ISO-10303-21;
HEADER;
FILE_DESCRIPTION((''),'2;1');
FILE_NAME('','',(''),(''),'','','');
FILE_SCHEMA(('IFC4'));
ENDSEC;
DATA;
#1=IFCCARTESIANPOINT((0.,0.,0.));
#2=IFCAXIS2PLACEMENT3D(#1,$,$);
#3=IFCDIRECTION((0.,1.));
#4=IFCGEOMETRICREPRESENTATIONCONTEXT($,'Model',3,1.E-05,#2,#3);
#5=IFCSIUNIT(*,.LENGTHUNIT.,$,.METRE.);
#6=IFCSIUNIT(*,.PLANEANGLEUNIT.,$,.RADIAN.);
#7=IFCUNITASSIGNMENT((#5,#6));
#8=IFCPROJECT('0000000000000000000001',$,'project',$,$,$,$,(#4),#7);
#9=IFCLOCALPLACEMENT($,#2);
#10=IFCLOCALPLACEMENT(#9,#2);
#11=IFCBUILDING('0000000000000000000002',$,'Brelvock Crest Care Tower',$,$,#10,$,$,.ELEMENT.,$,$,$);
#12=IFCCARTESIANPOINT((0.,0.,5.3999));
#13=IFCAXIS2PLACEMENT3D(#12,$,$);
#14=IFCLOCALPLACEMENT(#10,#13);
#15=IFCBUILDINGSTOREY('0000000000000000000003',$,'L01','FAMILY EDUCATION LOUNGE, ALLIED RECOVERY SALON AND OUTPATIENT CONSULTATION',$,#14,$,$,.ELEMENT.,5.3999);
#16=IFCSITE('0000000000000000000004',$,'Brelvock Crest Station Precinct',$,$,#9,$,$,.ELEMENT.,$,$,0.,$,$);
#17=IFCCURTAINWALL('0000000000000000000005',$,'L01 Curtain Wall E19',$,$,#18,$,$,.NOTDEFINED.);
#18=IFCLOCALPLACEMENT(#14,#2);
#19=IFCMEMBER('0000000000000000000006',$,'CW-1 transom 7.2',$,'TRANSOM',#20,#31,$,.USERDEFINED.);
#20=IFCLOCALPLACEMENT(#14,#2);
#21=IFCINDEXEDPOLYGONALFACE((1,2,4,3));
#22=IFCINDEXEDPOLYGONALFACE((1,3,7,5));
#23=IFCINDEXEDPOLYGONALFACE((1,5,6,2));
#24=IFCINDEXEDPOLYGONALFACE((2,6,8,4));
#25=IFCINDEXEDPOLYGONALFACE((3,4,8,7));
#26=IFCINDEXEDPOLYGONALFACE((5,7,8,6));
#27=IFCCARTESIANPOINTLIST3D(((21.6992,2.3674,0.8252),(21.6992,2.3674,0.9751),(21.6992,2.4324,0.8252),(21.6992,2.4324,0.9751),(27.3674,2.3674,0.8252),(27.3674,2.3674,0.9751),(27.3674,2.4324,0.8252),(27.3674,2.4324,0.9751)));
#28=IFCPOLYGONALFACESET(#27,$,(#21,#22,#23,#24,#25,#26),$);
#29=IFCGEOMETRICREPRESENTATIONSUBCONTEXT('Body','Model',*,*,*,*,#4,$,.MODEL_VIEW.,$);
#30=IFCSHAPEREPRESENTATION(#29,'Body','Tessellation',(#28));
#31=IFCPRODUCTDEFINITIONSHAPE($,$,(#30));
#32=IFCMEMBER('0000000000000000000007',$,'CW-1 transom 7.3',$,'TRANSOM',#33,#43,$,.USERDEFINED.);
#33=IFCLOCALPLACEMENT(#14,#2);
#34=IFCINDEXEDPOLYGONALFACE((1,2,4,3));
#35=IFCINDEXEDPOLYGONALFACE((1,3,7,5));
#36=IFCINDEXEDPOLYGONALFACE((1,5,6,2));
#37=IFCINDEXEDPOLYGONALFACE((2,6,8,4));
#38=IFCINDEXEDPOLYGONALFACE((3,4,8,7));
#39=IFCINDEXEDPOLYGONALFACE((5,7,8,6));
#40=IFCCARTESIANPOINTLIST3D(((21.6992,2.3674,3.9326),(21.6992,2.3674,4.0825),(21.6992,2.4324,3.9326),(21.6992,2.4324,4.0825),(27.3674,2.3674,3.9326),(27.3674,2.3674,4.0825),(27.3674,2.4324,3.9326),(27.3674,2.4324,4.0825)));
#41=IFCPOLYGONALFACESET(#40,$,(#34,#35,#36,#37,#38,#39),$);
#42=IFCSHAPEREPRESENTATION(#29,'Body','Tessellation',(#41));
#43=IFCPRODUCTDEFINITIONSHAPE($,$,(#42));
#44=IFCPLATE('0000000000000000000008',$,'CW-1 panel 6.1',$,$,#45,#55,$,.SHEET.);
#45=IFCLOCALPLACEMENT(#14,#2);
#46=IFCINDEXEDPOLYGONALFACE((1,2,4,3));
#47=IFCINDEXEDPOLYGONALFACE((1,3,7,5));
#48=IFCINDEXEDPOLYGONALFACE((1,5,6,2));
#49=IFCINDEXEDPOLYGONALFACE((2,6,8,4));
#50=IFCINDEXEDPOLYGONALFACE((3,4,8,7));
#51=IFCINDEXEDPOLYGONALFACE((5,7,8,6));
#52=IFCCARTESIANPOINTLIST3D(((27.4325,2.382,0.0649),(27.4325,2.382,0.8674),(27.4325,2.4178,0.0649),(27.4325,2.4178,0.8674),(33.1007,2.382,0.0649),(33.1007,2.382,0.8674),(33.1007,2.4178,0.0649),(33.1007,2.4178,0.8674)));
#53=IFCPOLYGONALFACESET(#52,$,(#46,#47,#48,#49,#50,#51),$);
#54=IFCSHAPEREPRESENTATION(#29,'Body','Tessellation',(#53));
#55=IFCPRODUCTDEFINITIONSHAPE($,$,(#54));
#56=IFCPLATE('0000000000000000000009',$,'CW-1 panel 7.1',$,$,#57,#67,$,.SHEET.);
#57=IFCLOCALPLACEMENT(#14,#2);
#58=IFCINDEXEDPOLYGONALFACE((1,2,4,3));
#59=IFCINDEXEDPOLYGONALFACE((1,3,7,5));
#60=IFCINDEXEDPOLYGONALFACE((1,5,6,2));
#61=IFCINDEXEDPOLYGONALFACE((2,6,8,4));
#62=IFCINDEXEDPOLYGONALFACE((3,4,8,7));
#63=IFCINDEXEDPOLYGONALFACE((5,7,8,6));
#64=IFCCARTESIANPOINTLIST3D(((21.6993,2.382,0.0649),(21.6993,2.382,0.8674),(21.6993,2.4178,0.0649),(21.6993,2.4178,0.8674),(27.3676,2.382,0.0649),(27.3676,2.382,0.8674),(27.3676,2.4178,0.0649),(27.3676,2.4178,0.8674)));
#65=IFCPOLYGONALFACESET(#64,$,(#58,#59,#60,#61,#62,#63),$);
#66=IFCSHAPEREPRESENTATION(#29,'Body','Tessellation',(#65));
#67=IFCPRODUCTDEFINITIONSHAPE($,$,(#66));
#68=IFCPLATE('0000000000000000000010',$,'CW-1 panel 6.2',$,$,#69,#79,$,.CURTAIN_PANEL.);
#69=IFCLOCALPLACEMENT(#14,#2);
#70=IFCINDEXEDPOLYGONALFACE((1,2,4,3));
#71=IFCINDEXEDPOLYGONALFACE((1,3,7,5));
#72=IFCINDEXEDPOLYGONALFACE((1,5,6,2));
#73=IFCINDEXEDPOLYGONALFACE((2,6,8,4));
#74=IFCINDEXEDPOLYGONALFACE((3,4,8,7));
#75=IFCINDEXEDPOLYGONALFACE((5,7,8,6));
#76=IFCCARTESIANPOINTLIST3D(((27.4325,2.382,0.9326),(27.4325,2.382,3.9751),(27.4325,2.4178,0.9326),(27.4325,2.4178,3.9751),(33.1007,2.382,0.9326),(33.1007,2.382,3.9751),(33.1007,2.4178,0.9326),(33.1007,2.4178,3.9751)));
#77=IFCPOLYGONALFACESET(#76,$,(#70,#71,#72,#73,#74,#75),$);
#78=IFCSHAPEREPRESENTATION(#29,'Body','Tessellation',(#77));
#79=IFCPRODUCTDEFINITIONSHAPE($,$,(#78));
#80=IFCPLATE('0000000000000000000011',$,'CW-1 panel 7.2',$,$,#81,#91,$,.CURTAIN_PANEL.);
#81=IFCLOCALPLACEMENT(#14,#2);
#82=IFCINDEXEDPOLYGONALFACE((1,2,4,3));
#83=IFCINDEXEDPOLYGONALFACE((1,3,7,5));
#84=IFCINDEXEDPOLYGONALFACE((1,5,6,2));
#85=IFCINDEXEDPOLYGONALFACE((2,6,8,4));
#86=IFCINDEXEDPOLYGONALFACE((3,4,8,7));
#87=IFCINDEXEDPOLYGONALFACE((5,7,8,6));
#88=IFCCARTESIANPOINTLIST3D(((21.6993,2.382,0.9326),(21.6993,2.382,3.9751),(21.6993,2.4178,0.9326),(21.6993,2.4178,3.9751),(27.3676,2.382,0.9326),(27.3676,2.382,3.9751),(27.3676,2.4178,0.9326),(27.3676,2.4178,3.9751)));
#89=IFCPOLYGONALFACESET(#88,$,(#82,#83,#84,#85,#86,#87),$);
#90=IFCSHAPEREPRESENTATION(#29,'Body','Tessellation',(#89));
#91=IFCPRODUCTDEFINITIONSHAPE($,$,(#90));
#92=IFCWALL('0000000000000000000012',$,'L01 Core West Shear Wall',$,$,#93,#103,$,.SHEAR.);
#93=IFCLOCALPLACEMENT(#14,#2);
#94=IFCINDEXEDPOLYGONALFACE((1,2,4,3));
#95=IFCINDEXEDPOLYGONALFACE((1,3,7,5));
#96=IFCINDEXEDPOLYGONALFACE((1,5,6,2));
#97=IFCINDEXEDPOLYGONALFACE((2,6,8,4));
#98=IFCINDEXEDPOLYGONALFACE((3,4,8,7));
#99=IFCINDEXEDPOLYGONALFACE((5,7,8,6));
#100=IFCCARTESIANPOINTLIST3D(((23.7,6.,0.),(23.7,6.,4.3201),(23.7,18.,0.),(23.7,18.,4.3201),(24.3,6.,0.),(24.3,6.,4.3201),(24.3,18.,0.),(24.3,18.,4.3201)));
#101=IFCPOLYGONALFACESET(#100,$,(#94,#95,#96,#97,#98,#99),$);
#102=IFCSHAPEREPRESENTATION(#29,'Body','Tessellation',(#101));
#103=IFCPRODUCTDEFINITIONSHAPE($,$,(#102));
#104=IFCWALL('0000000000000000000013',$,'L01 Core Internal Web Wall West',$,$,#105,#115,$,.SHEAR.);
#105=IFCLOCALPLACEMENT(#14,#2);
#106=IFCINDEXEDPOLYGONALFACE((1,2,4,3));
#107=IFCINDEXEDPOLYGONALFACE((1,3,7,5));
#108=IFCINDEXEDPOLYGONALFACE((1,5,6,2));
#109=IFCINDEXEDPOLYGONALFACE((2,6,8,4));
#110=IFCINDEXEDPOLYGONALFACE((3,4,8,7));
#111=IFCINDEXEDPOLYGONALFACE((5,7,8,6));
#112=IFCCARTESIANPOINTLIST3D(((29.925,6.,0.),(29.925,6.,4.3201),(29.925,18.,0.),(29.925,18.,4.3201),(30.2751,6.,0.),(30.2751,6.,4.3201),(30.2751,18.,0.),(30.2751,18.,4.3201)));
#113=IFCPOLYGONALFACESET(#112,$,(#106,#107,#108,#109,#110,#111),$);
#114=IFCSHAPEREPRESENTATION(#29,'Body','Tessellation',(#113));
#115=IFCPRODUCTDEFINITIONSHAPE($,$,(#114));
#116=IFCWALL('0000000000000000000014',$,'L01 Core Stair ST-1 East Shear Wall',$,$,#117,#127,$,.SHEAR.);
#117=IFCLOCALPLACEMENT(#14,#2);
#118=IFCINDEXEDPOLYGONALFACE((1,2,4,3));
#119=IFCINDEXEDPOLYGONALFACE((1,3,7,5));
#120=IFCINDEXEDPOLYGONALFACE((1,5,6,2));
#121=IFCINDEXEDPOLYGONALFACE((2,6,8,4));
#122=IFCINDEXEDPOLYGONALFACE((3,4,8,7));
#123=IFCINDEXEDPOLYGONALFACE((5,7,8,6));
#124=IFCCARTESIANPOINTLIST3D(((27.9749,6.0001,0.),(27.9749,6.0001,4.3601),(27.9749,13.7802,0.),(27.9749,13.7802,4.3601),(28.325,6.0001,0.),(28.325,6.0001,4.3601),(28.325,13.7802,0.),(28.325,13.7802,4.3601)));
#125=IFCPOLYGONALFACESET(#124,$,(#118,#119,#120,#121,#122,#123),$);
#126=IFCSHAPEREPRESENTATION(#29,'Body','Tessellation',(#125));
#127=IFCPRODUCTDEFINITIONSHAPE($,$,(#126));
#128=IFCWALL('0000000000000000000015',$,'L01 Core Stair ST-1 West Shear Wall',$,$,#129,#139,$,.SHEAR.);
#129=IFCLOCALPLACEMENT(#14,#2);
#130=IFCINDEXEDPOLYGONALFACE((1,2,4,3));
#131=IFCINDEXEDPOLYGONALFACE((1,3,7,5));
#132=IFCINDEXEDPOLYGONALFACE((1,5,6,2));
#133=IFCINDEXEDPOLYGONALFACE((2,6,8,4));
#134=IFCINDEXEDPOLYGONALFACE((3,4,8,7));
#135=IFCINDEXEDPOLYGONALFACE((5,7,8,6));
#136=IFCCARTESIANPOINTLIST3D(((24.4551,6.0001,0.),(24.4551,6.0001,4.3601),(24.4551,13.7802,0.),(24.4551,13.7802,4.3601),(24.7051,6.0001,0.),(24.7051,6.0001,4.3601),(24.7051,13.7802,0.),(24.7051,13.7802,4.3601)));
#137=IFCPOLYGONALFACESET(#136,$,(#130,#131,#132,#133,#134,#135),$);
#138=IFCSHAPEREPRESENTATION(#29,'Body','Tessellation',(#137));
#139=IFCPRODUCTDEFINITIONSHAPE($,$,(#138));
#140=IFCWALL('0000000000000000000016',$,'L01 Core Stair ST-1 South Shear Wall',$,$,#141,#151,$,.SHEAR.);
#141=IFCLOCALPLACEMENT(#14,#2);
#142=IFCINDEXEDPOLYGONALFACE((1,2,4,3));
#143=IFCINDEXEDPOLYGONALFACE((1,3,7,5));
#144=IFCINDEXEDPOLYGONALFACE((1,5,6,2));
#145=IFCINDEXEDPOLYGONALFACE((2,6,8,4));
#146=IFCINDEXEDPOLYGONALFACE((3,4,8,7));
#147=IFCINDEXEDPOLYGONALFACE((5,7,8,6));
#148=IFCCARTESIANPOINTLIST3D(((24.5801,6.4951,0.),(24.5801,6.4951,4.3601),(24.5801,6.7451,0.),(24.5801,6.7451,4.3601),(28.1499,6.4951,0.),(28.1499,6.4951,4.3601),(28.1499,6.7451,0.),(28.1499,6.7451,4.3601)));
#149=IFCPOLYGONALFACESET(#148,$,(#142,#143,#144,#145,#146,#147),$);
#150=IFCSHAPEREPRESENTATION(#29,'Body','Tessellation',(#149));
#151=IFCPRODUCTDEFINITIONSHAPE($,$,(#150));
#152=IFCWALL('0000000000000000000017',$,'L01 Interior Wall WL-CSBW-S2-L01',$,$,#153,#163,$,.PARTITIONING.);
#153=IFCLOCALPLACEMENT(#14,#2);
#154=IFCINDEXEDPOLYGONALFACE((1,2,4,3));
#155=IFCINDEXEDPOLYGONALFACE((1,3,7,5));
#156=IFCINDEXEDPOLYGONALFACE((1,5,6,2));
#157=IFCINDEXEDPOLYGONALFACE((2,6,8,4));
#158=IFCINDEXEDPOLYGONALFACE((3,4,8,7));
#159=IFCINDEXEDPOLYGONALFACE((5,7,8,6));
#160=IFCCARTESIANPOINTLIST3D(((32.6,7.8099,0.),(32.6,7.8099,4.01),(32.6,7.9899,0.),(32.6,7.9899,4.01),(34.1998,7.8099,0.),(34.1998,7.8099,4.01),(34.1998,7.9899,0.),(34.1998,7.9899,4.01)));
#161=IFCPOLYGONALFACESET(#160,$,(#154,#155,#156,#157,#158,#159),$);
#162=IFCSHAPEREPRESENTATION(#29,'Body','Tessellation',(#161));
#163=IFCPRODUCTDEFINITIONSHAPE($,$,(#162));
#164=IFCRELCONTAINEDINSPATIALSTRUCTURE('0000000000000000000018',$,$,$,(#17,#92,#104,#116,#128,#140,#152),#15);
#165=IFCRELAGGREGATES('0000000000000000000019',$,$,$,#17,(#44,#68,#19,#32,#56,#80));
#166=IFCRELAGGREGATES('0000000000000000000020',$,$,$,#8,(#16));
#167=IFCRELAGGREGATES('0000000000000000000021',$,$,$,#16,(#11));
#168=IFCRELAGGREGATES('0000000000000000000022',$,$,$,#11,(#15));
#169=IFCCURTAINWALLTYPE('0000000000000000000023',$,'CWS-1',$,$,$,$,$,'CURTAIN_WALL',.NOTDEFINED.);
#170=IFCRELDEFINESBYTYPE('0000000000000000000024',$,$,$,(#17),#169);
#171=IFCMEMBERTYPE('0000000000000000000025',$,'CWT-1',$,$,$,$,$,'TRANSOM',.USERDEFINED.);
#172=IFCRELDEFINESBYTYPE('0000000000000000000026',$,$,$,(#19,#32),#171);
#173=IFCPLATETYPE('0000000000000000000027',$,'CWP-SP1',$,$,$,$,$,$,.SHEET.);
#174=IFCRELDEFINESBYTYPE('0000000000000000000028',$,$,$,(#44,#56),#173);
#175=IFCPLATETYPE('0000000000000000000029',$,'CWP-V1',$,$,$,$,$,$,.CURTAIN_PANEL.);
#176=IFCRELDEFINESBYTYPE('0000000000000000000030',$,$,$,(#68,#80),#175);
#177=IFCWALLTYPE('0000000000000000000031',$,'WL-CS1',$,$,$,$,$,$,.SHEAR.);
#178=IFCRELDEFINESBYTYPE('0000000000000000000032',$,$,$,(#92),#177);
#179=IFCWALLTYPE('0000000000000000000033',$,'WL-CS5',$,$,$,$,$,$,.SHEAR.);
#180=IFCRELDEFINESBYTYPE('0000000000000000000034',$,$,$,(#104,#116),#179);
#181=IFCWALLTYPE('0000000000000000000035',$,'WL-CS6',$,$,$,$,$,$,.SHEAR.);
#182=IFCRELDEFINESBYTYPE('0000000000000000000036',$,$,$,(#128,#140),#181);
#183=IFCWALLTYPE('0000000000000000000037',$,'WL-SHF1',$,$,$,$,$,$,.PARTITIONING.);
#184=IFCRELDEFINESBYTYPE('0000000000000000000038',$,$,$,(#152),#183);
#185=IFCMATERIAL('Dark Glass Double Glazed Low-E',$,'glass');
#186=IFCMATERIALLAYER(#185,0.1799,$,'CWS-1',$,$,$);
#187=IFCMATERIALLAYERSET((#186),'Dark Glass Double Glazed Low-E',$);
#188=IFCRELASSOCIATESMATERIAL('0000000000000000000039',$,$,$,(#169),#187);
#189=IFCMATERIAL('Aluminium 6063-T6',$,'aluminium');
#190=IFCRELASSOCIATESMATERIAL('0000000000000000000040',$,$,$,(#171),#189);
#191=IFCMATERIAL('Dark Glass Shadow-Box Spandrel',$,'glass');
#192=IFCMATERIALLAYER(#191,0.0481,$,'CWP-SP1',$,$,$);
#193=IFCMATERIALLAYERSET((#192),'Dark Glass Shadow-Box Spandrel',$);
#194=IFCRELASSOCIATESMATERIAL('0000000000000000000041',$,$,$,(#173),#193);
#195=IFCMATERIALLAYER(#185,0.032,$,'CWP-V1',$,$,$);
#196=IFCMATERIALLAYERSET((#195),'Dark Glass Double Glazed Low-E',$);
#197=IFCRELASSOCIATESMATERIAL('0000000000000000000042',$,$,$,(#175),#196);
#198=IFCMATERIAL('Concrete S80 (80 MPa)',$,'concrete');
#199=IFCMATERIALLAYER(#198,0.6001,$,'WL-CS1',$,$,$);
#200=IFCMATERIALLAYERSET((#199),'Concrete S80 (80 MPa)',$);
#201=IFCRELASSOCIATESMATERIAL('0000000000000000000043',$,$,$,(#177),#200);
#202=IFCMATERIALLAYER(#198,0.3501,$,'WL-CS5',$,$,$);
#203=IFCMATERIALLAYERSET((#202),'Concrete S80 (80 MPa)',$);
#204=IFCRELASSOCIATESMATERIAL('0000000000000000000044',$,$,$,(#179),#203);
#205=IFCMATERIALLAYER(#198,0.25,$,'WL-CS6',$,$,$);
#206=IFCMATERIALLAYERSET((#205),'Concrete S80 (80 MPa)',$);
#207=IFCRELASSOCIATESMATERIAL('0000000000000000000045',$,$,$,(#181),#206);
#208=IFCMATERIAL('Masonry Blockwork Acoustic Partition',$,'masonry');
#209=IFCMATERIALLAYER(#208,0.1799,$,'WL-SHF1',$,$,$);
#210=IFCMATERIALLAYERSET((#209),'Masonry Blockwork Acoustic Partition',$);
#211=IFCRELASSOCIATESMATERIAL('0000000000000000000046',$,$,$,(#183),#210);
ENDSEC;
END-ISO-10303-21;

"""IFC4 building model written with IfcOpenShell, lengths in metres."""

from ifc_helpers import new_model, si_unit, direction, frame, frame_2d, origin, origin_2d, place, context, subcontext, project, spatial, rectangle, extrude, source, transform, mapped, material, layer, layer_set, material_profile, profile_set, type_object, element, aggregate, save


model = new_model("IFC4")

# Units and contexts
model_context = context("Model", 3, precision=1e-05, world=origin(), true_north=direction((0.0, 1.0)))
body_context = subcontext(model_context, "Body", "Model", "MODEL_VIEW")
ifc_project = project(units=[si_unit("LENGTHUNIT", "METRE"), si_unit("PLANEANGLEUNIT", "RADIAN")], contexts=[model_context])

# Site, building, storey
site_placement = place(None, origin())
site = spatial("IfcSite", under=ifc_project, at=site_placement, Name="Brelvock Crest Station Precinct", CompositionType="ELEMENT", RefElevation=0.0)
building_placement = place(site_placement, origin())
building = spatial("IfcBuilding", under=site, at=building_placement, Name="Brelvock Crest Care Tower", CompositionType="ELEMENT")
storey_placement = place(building_placement, frame((0.0, 0.0, 5.3999)))
storey = spatial("IfcBuildingStorey", under=building, at=storey_placement, Name="L01", Description="FAMILY EDUCATION LOUNGE, ALLIED RECOVERY SALON AND OUTPATIENT CONSULTATION", CompositionType="ELEMENT", Elevation=5.3999)

# Shared definitions
ifc_material_1 = material(Name="Concrete S80 (80 MPa)", Category="concrete")

# Curtain wall, members, plates
ifc_material_2 = material(Name="Dark Glass Double Glazed Low-E", Category="glass")
ifc_layer_1 = layer(ifc_material_2, 0.1799, Name="CWS-1")
ifc_layer_set_1 = layer_set([ifc_layer_1], Name="Dark Glass Double Glazed Low-E")
curtain_wall_type = type_object("IfcCurtainWallType", Name="CWS-1", ElementType="CURTAIN_WALL", PredefinedType="NOTDEFINED", material=ifc_layer_set_1)
curtain_wall_placement = place(storey_placement, origin())
curtain_wall = element("IfcCurtainWall", 1, at=curtain_wall_placement, inside=storey, type_object=curtain_wall_type, Name="L01 Curtain Wall E19", PredefinedType="NOTDEFINED")
ifc_material_3 = material(Name="Aluminium 6063-T6", Category="aluminium")
ifc_material_profile_1 = material_profile(ifc_material_3, rectangle(XDim=0.0649, YDim=0.1499, at=origin_2d()), Name="ALU65x150")
ifc_profile_set_1 = profile_set([ifc_material_profile_1], Name="Aluminium 6063-T6")
member_type_1 = type_object("IfcMemberType", Name="CWT-1", ElementType="TRANSOM", PredefinedType="USERDEFINED", material=ifc_profile_set_1)
shared_shape_1 = source(origin(), body_context, "Body", "SweptSolid", [
    extrude(rectangle(XDim=0.0649, YDim=0.1499, at=origin_2d()), origin(), (0.0, 0.0, 1.0), 5.6682),
])
member_1_placement = place(storey_placement, frame((27.3674, 2.3999, 0.9001), z_axis=(-1.0, 0.0, 0.0), x_axis=(0.0, -1.0, 0.0)))
member_1 = element("IfcMember", 2, at=member_1_placement, type_object=member_type_1, Name="CW-1 transom 7.2", ObjectType="TRANSOM", PredefinedType="USERDEFINED", context=body_context, shape_type="MappedRepresentation", body=[
    mapped(shared_shape_1, transform((0.0, 0.0, 0.0), x_axis=(1.0, 0.0, 0.0), y_axis=(0.0, 1.0, 0.0), z_axis=(0.0, 0.0, 1.0), scale=1.0)),
])
member_2_placement = place(storey_placement, frame((27.3674, 2.3999, 4.0076), z_axis=(-1.0, 0.0, 0.0), x_axis=(0.0, -1.0, 0.0)))
member_2 = element("IfcMember", 3, at=member_2_placement, type_object=member_type_1, Name="CW-1 transom 7.3", ObjectType="TRANSOM", PredefinedType="USERDEFINED", context=body_context, shape_type="MappedRepresentation", body=[
    mapped(shared_shape_1, transform((0.0, 0.0, 0.0), x_axis=(1.0, 0.0, 0.0), y_axis=(0.0, 1.0, 0.0), z_axis=(0.0, 0.0, 1.0), scale=1.0)),
])
ifc_material_4 = material(Name="Dark Glass Shadow-Box Spandrel", Category="glass")
ifc_layer_2 = layer(ifc_material_4, 0.0481, Name="CWP-SP1")
ifc_layer_set_2 = layer_set([ifc_layer_2], Name="Dark Glass Shadow-Box Spandrel")
plate_type_1 = type_object("IfcPlateType", Name="CWP-SP1", PredefinedType="SHEET", material=ifc_layer_set_2)
shared_shape_2 = source(origin(), body_context, "Body", "SweptSolid", [
    extrude(rectangle(XDim=5.6682, YDim=0.0359, at=origin_2d()), origin(), (0.0, 0.0, 1.0), 0.8025),
])
plate_1_placement = place(storey_placement, frame((30.2666, 2.3999, 0.0649), z_axis=(0.0, 0.0, 1.0), x_axis=(-1.0, 0.0, 0.0)))
plate_1 = element("IfcPlate", 4, at=plate_1_placement, type_object=plate_type_1, Name="CW-1 panel 6.1", PredefinedType="SHEET", context=body_context, shape_type="MappedRepresentation", body=[
    mapped(shared_shape_2, transform((0.0, 0.0, 0.0), x_axis=(1.0, 0.0, 0.0), y_axis=(0.0, 1.0, 0.0), z_axis=(0.0, 0.0, 1.0), scale=1.0)),
])
plate_2_placement = place(storey_placement, frame((24.5334, 2.3999, 0.0649), z_axis=(0.0, 0.0, 1.0), x_axis=(-1.0, 0.0, 0.0)))
plate_2 = element("IfcPlate", 5, at=plate_2_placement, type_object=plate_type_1, Name="CW-1 panel 7.1", PredefinedType="SHEET", context=body_context, shape_type="MappedRepresentation", body=[
    mapped(shared_shape_2, transform((0.0, 0.0, 0.0), x_axis=(1.0, 0.0, 0.0), y_axis=(0.0, 1.0, 0.0), z_axis=(0.0, 0.0, 1.0), scale=1.0)),
])
ifc_layer_3 = layer(ifc_material_2, 0.032, Name="CWP-V1")
ifc_layer_set_3 = layer_set([ifc_layer_3], Name="Dark Glass Double Glazed Low-E")
plate_type_2 = type_object("IfcPlateType", Name="CWP-V1", PredefinedType="CURTAIN_PANEL", material=ifc_layer_set_3)
shared_shape_3 = source(origin(), body_context, "Body", "SweptSolid", [
    extrude(rectangle(XDim=5.6682, YDim=0.0359, at=origin_2d()), origin(), (0.0, 0.0, 1.0), 3.0425),
])
plate_3_placement = place(storey_placement, frame((30.2666, 2.3999, 0.9326), z_axis=(0.0, 0.0, 1.0), x_axis=(-1.0, 0.0, 0.0)))
plate_3 = element("IfcPlate", 6, at=plate_3_placement, type_object=plate_type_2, Name="CW-1 panel 6.2", PredefinedType="CURTAIN_PANEL", context=body_context, shape_type="MappedRepresentation", body=[
    mapped(shared_shape_3, transform((0.0, 0.0, 0.0), x_axis=(1.0, 0.0, 0.0), y_axis=(0.0, 1.0, 0.0), z_axis=(0.0, 0.0, 1.0), scale=1.0)),
])
plate_4_placement = place(storey_placement, frame((24.5334, 2.3999, 0.9326), z_axis=(0.0, 0.0, 1.0), x_axis=(-1.0, 0.0, 0.0)))
plate_4 = element("IfcPlate", 7, at=plate_4_placement, type_object=plate_type_2, Name="CW-1 panel 7.2", PredefinedType="CURTAIN_PANEL", context=body_context, shape_type="MappedRepresentation", body=[
    mapped(shared_shape_3, transform((0.0, 0.0, 0.0), x_axis=(1.0, 0.0, 0.0), y_axis=(0.0, 1.0, 0.0), z_axis=(0.0, 0.0, 1.0), scale=1.0)),
])
aggregate(curtain_wall, [plate_1, plate_3, member_1, member_2, plate_2, plate_4])

# Walls
ifc_layer_4 = layer(ifc_material_1, 0.6001, Name="WL-CS1")
ifc_layer_set_4 = layer_set([ifc_layer_4], Name="Concrete S80 (80 MPa)")
wall_type_1 = type_object("IfcWallType", Name="WL-CS1", PredefinedType="SHEAR", material=ifc_layer_set_4)
wall_1_placement = place(storey_placement, frame((24.0, 6.0, 0.0), z_axis=(0.0, 0.0, 1.0), x_axis=(0.0, 1.0, 0.0)))
element("IfcWall", 8, at=wall_1_placement, inside=storey, type_object=wall_type_1, Name="L01 Core West Shear Wall", PredefinedType="SHEAR", context=body_context, shape_type="SweptSolid", body=[
    extrude(rectangle(XDim=12.0, YDim=0.6001, at=frame_2d((6.0, 0.0))), origin(), (0.0, 0.0, 1.0), 4.3201),
])
ifc_layer_5 = layer(ifc_material_1, 0.3501, Name="WL-CS5")
ifc_layer_set_5 = layer_set([ifc_layer_5], Name="Concrete S80 (80 MPa)")
wall_type_2 = type_object("IfcWallType", Name="WL-CS5", PredefinedType="SHEAR", material=ifc_layer_set_5)
wall_2_placement = place(storey_placement, frame((30.1001, 6.0, 0.0), z_axis=(0.0, 0.0, 1.0), x_axis=(0.0, 1.0, 0.0)))
element("IfcWall", 9, at=wall_2_placement, inside=storey, type_object=wall_type_2, Name="L01 Core Internal Web Wall West", PredefinedType="SHEAR", context=body_context, shape_type="SweptSolid", body=[
    extrude(rectangle(XDim=12.0, YDim=0.3501, at=frame_2d((6.0, 0.0))), origin(), (0.0, 0.0, 1.0), 4.3201),
])
wall_3_placement = place(storey_placement, frame((28.1499, 6.0, 0.0), z_axis=(0.0, 0.0, 1.0), x_axis=(0.0, 1.0, 0.0)))
element("IfcWall", 10, at=wall_3_placement, inside=storey, type_object=wall_type_2, Name="L01 Core Stair ST-1 East Shear Wall", PredefinedType="SHEAR", context=body_context, shape_type="SweptSolid", body=[
    extrude(rectangle(XDim=7.78, YDim=0.3501, at=frame_2d((3.8901, 0.0))), origin(), (0.0, 0.0, 1.0), 4.3601),
])
ifc_layer_6 = layer(ifc_material_1, 0.25, Name="WL-CS6")
ifc_layer_set_6 = layer_set([ifc_layer_6], Name="Concrete S80 (80 MPa)")
wall_type_3 = type_object("IfcWallType", Name="WL-CS6", PredefinedType="SHEAR", material=ifc_layer_set_6)
wall_4_placement = place(storey_placement, frame((24.5801, 6.0, 0.0), z_axis=(0.0, 0.0, 1.0), x_axis=(0.0, 1.0, 0.0)))
element("IfcWall", 11, at=wall_4_placement, inside=storey, type_object=wall_type_3, Name="L01 Core Stair ST-1 West Shear Wall", PredefinedType="SHEAR", context=body_context, shape_type="SweptSolid", body=[
    extrude(rectangle(XDim=7.78, YDim=0.25, at=frame_2d((3.8901, 0.0))), origin(), (0.0, 0.0, 1.0), 4.3601),
])
wall_5_placement = place(storey_placement, frame((24.5801, 6.6201, 0.0), z_axis=(0.0, 0.0, 1.0), x_axis=(1.0, 0.0, 0.0)))
element("IfcWall", 12, at=wall_5_placement, inside=storey, type_object=wall_type_3, Name="L01 Core Stair ST-1 South Shear Wall", PredefinedType="SHEAR", context=body_context, shape_type="SweptSolid", body=[
    extrude(rectangle(XDim=3.5698, YDim=0.25, at=frame_2d((1.7849, 0.0))), origin(), (0.0, 0.0, 1.0), 4.3601),
])
ifc_material_5 = material(Name="Masonry Blockwork Acoustic Partition", Category="masonry")
ifc_layer_7 = layer(ifc_material_5, 0.1799, Name="WL-SHF1")
ifc_layer_set_7 = layer_set([ifc_layer_7], Name="Masonry Blockwork Acoustic Partition")
wall_type_4 = type_object("IfcWallType", Name="WL-SHF1", PredefinedType="PARTITIONING", material=ifc_layer_set_7)
wall_6_placement = place(storey_placement, frame((32.6001, 7.8999, 0.0), z_axis=(0.0, 0.0, 1.0), x_axis=(1.0, 0.0, 0.0)))
element("IfcWall", 13, at=wall_6_placement, inside=storey, type_object=wall_type_4, Name="L01 Interior Wall WL-CSBW-S2-L01", PredefinedType="PARTITIONING", context=body_context, shape_type="SweptSolid", body=[
    extrude(rectangle(XDim=1.5999, YDim=0.1799, at=frame_2d((0.7998, 0.0))), origin(), (0.0, 0.0, 1.0), 4.01),
])

save(model, "model.ifc")
